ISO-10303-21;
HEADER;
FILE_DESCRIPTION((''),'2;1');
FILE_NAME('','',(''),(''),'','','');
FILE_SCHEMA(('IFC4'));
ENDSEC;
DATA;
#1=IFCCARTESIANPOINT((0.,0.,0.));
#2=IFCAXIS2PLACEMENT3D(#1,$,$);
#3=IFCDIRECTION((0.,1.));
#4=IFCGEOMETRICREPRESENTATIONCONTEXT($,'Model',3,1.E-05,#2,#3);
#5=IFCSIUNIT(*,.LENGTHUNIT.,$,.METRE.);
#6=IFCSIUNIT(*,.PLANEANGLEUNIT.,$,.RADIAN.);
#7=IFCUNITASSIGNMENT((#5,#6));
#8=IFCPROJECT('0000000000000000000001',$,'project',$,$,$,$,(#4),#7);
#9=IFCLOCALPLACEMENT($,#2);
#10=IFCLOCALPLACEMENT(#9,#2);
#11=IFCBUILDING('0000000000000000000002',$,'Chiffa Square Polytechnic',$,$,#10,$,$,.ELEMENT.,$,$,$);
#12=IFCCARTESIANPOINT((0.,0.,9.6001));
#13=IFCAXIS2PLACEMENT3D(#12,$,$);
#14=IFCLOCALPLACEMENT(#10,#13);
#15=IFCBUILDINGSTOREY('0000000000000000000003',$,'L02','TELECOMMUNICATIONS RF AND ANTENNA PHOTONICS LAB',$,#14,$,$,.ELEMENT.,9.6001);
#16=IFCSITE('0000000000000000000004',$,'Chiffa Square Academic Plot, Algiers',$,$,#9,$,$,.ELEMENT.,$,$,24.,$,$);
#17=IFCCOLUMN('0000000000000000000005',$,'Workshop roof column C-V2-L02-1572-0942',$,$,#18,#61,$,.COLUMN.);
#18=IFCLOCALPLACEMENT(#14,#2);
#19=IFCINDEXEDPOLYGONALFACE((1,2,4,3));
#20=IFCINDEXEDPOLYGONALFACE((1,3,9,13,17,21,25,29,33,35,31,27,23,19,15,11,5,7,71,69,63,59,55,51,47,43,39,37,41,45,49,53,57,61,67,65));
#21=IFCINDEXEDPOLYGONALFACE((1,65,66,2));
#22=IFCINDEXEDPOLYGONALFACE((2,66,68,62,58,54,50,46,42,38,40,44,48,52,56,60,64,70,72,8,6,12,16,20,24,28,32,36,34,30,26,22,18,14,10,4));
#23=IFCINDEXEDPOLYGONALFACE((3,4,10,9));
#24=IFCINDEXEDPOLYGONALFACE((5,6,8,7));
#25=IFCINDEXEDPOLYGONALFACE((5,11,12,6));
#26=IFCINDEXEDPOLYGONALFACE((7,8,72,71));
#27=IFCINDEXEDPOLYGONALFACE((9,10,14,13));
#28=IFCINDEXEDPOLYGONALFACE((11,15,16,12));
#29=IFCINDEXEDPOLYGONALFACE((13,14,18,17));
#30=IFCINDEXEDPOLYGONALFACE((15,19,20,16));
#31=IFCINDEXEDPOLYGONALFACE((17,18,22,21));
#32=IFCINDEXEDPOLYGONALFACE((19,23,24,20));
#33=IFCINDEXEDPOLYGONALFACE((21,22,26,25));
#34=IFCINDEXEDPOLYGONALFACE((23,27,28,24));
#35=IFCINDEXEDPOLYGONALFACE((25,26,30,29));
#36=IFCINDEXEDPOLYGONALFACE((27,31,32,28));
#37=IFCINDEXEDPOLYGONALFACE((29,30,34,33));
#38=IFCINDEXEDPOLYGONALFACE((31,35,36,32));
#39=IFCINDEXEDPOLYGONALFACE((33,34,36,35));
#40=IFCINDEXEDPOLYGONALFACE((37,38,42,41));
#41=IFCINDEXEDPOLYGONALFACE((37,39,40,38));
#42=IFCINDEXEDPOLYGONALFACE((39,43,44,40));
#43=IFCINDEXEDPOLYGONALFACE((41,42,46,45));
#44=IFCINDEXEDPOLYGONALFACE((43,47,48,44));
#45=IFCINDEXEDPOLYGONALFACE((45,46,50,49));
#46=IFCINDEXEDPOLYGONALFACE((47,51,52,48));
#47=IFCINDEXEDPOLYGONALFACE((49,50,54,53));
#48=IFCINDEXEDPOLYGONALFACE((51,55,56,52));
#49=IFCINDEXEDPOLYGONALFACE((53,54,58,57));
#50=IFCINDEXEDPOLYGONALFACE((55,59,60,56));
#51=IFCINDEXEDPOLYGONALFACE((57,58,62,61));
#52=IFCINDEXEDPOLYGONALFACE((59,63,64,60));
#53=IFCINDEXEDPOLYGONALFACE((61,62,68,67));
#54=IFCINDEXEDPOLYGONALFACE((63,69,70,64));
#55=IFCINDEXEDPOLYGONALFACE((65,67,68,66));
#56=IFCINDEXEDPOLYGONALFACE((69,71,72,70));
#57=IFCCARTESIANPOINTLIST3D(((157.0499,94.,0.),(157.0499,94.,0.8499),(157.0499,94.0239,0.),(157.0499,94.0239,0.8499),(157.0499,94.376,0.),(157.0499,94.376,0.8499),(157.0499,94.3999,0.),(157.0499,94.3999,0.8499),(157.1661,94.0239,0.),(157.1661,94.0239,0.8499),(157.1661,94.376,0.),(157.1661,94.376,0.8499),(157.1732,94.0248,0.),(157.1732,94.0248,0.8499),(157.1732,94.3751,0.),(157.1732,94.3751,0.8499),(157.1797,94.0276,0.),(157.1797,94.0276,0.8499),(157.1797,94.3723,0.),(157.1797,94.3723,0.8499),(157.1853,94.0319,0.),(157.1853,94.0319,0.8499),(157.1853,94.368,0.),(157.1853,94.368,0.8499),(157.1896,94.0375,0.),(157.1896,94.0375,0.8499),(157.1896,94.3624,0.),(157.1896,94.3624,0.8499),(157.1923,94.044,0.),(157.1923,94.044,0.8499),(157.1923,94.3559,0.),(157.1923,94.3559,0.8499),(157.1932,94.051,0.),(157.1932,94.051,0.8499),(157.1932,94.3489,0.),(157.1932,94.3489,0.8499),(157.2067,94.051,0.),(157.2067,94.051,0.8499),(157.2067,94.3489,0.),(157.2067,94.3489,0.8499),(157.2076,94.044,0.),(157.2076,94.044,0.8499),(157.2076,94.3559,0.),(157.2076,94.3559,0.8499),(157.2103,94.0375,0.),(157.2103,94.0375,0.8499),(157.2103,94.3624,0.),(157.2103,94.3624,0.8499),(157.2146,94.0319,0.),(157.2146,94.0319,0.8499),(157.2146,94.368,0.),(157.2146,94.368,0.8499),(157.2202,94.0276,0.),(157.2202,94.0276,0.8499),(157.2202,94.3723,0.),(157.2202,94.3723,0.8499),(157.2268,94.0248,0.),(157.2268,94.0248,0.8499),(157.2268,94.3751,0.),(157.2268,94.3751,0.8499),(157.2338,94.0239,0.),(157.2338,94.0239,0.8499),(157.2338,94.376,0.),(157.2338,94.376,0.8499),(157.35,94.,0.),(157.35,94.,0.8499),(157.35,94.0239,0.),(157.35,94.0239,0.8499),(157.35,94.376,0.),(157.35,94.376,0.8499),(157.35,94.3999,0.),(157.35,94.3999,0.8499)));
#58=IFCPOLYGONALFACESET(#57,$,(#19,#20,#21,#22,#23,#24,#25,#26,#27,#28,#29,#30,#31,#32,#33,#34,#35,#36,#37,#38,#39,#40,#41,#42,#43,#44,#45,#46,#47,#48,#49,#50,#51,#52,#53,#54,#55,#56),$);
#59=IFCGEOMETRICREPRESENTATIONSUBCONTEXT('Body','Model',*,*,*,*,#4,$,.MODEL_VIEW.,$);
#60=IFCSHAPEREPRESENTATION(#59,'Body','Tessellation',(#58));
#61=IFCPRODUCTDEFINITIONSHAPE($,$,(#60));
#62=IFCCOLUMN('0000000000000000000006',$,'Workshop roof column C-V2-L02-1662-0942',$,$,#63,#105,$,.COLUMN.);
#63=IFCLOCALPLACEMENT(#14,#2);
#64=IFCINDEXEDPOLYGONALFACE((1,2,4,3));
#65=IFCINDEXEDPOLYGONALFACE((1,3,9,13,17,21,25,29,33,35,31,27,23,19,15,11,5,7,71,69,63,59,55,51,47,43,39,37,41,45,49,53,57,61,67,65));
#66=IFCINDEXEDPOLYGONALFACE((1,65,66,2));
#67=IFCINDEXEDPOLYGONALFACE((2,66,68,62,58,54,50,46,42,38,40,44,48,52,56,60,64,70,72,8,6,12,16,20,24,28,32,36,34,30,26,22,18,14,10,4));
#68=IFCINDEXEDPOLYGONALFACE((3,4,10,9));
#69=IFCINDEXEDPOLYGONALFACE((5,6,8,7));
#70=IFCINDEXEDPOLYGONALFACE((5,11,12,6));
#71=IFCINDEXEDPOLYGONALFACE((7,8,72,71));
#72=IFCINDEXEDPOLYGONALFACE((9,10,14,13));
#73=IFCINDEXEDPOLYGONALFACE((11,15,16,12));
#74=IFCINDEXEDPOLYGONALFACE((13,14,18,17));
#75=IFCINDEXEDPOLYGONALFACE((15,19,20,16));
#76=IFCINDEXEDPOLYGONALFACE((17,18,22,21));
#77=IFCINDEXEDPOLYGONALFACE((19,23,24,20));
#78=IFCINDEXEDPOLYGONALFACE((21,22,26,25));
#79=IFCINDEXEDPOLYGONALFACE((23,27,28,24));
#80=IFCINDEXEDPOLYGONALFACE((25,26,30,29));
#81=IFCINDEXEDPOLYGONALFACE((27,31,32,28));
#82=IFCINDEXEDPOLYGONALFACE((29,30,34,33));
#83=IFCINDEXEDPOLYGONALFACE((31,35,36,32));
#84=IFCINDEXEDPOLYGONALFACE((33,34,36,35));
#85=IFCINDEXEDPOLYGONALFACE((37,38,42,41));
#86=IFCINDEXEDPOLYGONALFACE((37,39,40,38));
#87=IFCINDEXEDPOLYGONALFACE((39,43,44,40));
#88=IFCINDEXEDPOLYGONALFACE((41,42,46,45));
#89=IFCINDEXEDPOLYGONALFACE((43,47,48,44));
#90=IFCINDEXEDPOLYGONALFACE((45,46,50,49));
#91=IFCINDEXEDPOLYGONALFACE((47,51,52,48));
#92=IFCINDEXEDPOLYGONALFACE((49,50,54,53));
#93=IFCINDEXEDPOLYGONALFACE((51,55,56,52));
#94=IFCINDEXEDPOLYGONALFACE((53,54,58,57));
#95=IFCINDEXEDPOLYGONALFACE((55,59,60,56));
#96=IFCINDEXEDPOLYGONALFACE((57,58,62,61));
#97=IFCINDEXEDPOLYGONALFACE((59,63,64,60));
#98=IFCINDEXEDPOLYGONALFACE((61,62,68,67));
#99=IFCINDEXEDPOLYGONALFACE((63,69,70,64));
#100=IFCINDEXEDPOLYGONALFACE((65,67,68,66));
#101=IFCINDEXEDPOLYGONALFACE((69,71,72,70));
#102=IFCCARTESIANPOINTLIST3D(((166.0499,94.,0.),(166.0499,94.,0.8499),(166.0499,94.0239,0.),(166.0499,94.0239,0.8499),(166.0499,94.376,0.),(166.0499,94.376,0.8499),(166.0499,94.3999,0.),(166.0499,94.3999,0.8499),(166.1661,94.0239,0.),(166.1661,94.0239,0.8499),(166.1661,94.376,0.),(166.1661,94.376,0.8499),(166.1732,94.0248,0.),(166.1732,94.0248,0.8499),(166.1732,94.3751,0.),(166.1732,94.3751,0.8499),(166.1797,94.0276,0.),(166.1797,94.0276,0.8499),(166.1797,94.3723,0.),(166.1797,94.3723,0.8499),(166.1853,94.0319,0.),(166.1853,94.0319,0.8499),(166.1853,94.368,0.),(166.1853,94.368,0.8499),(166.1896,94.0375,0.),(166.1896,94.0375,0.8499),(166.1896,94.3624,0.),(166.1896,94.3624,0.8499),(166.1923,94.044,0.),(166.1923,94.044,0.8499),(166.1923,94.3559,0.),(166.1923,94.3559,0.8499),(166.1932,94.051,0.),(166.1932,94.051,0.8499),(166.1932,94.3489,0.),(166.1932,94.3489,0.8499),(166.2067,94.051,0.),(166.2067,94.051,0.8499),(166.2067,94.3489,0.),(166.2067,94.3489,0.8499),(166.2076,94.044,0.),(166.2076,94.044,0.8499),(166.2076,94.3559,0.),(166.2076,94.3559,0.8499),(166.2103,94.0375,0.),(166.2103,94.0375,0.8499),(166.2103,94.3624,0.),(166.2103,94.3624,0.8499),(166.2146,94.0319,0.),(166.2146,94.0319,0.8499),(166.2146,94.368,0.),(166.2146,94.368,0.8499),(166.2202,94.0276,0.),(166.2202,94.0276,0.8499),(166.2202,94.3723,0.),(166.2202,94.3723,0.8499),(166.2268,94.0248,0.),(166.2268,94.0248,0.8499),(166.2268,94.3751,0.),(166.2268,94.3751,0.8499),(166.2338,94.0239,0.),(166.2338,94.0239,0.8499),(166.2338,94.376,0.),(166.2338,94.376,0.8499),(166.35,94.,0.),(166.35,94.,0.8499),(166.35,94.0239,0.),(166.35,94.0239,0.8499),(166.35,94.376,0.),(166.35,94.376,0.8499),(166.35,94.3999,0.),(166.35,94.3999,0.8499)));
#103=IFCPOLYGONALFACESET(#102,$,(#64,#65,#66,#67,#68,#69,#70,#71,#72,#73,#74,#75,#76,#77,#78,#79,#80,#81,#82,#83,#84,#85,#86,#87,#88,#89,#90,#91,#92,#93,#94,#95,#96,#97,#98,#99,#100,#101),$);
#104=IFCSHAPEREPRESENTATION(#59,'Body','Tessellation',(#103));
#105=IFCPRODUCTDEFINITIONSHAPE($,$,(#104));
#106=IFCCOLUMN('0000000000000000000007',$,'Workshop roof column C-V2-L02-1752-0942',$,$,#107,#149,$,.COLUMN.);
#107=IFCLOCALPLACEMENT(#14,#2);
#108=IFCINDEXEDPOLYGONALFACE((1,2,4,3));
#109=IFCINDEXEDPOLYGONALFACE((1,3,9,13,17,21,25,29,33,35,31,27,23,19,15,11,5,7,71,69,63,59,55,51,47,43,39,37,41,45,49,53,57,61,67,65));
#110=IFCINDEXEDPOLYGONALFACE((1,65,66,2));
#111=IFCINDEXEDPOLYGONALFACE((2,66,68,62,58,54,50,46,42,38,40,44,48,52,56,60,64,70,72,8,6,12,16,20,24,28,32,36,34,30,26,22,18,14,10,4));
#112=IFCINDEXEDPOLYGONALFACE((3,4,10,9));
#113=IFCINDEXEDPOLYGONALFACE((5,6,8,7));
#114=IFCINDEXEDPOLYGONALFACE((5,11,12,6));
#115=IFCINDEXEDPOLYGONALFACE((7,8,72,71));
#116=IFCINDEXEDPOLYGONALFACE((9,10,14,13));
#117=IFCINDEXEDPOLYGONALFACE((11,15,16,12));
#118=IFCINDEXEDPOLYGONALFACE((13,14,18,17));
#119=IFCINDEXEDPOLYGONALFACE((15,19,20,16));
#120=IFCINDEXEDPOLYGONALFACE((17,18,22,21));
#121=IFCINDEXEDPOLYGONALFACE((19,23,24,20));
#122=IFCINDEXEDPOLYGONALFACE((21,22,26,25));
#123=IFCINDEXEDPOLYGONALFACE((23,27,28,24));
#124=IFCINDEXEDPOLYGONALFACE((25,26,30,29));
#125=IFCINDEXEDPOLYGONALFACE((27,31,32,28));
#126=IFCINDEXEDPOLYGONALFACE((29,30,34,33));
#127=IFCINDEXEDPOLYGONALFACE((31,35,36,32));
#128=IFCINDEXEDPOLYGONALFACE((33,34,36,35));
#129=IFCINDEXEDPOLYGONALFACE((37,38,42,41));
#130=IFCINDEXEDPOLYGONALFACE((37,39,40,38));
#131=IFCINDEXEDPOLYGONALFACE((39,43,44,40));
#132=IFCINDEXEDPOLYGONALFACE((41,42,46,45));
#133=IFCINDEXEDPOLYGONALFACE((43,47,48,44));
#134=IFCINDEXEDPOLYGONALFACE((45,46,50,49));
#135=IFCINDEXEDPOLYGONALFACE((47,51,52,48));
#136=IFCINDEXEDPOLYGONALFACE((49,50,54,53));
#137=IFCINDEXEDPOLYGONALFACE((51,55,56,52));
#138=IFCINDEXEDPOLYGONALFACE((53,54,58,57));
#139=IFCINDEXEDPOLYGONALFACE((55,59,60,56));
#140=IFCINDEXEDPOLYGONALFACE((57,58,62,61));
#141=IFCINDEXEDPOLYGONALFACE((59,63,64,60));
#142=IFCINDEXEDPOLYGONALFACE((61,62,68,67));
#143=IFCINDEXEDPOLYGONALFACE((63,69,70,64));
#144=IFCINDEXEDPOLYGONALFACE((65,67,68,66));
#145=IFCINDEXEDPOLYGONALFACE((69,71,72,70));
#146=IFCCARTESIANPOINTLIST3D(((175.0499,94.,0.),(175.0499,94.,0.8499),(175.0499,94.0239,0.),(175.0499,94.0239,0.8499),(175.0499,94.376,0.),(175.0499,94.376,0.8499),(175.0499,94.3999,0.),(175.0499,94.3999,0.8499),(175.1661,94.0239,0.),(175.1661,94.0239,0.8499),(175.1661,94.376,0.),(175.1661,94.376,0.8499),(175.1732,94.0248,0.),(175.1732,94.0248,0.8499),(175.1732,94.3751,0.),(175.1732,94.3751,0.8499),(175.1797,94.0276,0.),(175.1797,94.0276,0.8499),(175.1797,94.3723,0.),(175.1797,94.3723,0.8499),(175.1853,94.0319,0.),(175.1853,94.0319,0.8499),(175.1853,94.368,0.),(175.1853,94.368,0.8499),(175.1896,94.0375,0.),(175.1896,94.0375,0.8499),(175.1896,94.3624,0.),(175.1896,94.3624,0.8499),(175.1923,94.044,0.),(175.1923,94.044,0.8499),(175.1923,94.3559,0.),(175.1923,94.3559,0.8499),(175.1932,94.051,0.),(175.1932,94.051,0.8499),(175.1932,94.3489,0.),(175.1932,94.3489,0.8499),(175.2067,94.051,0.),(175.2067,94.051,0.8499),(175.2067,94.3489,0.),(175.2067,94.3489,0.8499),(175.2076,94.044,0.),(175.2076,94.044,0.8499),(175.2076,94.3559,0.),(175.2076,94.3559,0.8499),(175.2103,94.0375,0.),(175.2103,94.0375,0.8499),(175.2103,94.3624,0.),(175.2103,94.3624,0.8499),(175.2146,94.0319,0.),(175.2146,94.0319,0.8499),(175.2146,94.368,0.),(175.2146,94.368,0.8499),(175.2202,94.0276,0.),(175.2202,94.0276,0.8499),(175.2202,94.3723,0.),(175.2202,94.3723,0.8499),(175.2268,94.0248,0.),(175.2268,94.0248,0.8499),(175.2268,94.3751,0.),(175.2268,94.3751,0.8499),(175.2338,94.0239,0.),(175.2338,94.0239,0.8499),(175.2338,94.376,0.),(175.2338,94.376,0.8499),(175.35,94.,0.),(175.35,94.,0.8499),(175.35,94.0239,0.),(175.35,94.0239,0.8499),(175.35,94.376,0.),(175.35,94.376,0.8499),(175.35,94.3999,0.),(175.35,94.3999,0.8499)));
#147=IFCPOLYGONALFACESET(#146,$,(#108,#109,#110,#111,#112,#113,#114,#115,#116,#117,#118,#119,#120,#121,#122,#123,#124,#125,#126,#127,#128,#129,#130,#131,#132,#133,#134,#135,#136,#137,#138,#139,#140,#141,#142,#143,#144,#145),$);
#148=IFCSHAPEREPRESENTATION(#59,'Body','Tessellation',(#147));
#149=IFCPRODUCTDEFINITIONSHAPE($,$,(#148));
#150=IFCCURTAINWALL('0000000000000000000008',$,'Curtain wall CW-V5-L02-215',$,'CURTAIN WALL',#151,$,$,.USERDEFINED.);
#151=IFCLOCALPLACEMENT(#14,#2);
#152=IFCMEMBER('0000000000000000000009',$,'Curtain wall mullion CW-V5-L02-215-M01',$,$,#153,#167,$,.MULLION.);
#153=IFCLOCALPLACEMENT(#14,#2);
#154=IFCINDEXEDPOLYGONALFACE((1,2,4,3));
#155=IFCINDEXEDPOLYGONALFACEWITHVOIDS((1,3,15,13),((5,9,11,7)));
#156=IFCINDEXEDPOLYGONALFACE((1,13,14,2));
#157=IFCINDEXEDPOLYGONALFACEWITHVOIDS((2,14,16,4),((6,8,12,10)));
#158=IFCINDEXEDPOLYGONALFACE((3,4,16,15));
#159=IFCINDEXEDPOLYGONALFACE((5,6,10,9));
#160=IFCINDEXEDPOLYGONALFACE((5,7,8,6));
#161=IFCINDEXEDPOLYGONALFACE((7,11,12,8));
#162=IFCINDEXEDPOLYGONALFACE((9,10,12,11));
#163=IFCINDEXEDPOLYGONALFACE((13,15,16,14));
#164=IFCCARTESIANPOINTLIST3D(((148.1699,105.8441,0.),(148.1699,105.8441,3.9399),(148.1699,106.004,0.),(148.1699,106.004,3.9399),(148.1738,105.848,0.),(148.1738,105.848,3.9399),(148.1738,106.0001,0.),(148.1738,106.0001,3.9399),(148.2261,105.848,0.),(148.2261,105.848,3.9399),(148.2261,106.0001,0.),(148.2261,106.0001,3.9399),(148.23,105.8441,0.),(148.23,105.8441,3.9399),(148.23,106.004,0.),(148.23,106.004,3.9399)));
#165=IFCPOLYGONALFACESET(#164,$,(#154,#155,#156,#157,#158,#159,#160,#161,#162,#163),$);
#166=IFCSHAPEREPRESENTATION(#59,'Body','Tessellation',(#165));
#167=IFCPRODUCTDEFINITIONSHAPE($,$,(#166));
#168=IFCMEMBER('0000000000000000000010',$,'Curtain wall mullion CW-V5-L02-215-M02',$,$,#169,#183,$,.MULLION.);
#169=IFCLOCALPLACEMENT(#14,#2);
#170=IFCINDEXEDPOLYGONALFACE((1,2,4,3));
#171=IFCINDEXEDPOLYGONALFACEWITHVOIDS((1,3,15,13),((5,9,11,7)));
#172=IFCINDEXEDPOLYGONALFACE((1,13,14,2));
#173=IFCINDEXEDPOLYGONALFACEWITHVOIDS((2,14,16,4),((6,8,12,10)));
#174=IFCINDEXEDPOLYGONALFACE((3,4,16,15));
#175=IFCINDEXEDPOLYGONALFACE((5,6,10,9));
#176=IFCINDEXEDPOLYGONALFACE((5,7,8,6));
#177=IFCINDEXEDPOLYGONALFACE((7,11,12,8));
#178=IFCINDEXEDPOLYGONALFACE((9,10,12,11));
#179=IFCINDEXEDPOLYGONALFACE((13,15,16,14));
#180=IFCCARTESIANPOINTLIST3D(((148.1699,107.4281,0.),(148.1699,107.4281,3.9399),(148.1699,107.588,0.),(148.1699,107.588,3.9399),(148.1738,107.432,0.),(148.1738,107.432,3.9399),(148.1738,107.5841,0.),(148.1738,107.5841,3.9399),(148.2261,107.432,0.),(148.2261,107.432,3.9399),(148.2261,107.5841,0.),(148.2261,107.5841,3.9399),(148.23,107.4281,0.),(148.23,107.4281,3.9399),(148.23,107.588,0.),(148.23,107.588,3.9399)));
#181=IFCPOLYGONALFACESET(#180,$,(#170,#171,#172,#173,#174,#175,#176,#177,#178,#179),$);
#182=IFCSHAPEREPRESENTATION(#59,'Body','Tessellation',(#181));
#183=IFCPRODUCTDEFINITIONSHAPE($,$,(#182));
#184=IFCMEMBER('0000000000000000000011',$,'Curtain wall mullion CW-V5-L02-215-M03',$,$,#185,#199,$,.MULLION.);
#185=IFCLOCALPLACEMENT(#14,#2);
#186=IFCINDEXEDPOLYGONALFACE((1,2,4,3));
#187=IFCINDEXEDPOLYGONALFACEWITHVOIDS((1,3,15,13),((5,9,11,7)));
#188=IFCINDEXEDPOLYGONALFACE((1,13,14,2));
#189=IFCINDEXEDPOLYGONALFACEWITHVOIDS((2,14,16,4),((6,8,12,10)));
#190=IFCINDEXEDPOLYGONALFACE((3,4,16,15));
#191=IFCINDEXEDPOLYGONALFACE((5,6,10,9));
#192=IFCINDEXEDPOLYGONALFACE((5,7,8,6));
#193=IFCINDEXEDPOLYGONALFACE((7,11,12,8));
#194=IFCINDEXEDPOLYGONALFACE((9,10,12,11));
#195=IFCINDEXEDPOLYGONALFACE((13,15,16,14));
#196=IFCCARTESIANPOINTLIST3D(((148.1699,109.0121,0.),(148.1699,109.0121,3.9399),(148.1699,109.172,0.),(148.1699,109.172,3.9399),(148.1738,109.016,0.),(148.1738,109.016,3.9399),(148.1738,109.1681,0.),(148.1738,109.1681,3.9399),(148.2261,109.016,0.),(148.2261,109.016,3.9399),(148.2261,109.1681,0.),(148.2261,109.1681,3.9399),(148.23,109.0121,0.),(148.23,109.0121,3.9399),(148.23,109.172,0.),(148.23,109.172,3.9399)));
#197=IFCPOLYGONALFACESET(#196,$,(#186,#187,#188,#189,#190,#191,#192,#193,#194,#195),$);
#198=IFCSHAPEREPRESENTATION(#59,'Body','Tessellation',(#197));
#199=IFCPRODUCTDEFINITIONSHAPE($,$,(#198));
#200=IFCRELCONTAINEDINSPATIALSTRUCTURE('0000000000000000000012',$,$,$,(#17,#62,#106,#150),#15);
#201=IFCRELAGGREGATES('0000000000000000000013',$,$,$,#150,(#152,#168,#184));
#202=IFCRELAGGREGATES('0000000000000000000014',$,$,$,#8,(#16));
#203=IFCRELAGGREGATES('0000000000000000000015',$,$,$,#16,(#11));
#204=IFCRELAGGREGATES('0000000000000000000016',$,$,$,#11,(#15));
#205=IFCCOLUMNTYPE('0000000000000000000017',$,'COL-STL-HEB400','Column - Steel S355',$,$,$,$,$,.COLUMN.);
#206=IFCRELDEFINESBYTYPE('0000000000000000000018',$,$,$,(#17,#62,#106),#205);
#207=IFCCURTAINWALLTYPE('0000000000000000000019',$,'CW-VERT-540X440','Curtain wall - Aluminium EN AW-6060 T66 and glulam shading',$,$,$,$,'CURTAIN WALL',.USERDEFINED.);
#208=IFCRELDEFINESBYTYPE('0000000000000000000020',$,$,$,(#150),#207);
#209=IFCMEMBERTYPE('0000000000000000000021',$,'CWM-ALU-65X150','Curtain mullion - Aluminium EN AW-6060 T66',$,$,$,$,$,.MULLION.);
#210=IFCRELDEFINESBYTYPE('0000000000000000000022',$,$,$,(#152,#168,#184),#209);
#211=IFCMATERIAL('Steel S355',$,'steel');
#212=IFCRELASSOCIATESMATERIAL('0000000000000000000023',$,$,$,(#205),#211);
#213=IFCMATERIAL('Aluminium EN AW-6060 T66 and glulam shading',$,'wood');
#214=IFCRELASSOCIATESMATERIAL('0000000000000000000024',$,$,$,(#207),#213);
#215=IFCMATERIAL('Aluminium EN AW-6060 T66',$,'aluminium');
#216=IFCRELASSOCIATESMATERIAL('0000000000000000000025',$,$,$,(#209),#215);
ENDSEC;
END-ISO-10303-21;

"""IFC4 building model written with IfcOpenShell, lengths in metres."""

from ifc_helpers import new_model, si_unit, direction, frame, origin, origin_2d, place, context, subcontext, project, spatial, hollow_rectangle, i_section, extrude, material, material_profile, profile_set, type_object, element, aggregate, save


model = new_model("IFC4")

# Units and contexts
model_context = context("Model", 3, precision=1e-05, world=origin(), true_north=direction((0.0, 1.0)))
body_context = subcontext(model_context, "Body", "Model", "MODEL_VIEW")
ifc_project = project(units=[si_unit("LENGTHUNIT", "METRE"), si_unit("PLANEANGLEUNIT", "RADIAN")], contexts=[model_context])

# Site, building, storey
site_placement = place(None, origin())
site = spatial("IfcSite", under=ifc_project, at=site_placement, Name="Chiffa Square Academic Plot, Algiers", CompositionType="ELEMENT", RefElevation=24.0)
building_placement = place(site_placement, origin())
building = spatial("IfcBuilding", under=site, at=building_placement, Name="Chiffa Square Polytechnic", CompositionType="ELEMENT")
storey_placement = place(building_placement, frame((0.0, 0.0, 9.6001)))
storey = spatial("IfcBuildingStorey", under=building, at=storey_placement, Name="L02", Description="TELECOMMUNICATIONS RF AND ANTENNA PHOTONICS LAB", CompositionType="ELEMENT", Elevation=9.6001)

# Columns
ifc_material_1 = material(Name="Steel S355", Category="steel")
ifc_material_profile_1 = material_profile(ifc_material_1, i_section(OverallWidth=0.3, OverallDepth=0.3999, WebThickness=0.0134, FlangeThickness=0.0239, FilletRadius=0.0271, at=origin_2d()), Name="HEB 400")
ifc_profile_set_1 = profile_set([ifc_material_profile_1], Name="Steel S355")
column_type = type_object("IfcColumnType", Name="COL-STL-HEB400", Description="Column - Steel S355", PredefinedType="COLUMN", material=ifc_profile_set_1)
for number, where, z_axis, x_axis, name in (
    (1, (157.2, 94.2, 0.0), (0.0, 0.0, 1.0), (1.0, 0.0, 0.0), "Workshop roof column C-V2-L02-1572-0942"),
    (2, (166.2, 94.2, 0.0), (0.0, 0.0, 1.0), (1.0, 0.0, 0.0), "Workshop roof column C-V2-L02-1662-0942"),
    (3, (175.2, 94.2, 0.0), (0.0, 0.0, 1.0), (1.0, 0.0, 0.0), "Workshop roof column C-V2-L02-1752-0942"),
):
    element("IfcColumn", number, at=place(storey_placement, frame(where, z_axis=z_axis, x_axis=x_axis)), inside=storey, type_object=column_type, Name=name, PredefinedType="COLUMN", context=body_context, shape_type="SweptSolid", body=[
        extrude(i_section(OverallWidth=0.3, OverallDepth=0.3999, WebThickness=0.0134, FlangeThickness=0.0239, FilletRadius=0.0271, at=origin_2d()), origin(), (0.0, 0.0, 1.0), 0.8499),
    ])

# Curtain wall, members
ifc_material_2 = material(Name="Aluminium EN AW-6060 T66 and glulam shading", Category="wood")
curtain_wall_type = type_object("IfcCurtainWallType", Name="CW-VERT-540X440", Description="Curtain wall - Aluminium EN AW-6060 T66 and glulam shading", ElementType="CURTAIN WALL", PredefinedType="USERDEFINED", material=ifc_material_2)
curtain_wall_placement = place(storey_placement, origin())
curtain_wall = element("IfcCurtainWall", 4, at=curtain_wall_placement, inside=storey, type_object=curtain_wall_type, Name="Curtain wall CW-V5-L02-215", ObjectType="CURTAIN WALL", PredefinedType="USERDEFINED")
ifc_material_3 = material(Name="Aluminium EN AW-6060 T66", Category="aluminium")
ifc_material_profile_2 = material_profile(ifc_material_3, hollow_rectangle(XDim=0.0601, YDim=0.1599, WallThickness=0.0039, at=origin_2d()), Name="ALU 60x160x4")
ifc_profile_set_2 = profile_set([ifc_material_profile_2], Name="Aluminium EN AW-6060 T66")
member_type_1 = type_object("IfcMemberType", Name="CWM-ALU-65X150", Description="Curtain mullion - Aluminium EN AW-6060 T66", PredefinedType="MULLION", material=ifc_profile_set_2)
member_1_placement = place(storey_placement, frame((148.2, 105.9241, 0.0), z_axis=(0.0, 0.0, 1.0), x_axis=(1.0, 0.0, 0.0)))
member_1 = element("IfcMember", 5, at=member_1_placement, type_object=member_type_1, Name="Curtain wall mullion CW-V5-L02-215-M01", PredefinedType="MULLION", context=body_context, shape_type="SweptSolid", body=[
    extrude(hollow_rectangle(XDim=0.0601, YDim=0.1599, WallThickness=0.0039, at=origin_2d()), origin(), (0.0, 0.0, 1.0), 3.9399),
])
member_2_placement = place(storey_placement, frame((148.2, 107.5081, 0.0), z_axis=(0.0, 0.0, 1.0), x_axis=(1.0, 0.0, 0.0)))
member_2 = element("IfcMember", 6, at=member_2_placement, type_object=member_type_1, Name="Curtain wall mullion CW-V5-L02-215-M02", PredefinedType="MULLION", context=body_context, shape_type="SweptSolid", body=[
    extrude(hollow_rectangle(XDim=0.0601, YDim=0.1599, WallThickness=0.0039, at=origin_2d()), origin(), (0.0, 0.0, 1.0), 3.9399),
])
member_3_placement = place(storey_placement, frame((148.2, 109.092, 0.0), z_axis=(0.0, 0.0, 1.0), x_axis=(1.0, 0.0, 0.0)))
member_3 = element("IfcMember", 7, at=member_3_placement, type_object=member_type_1, Name="Curtain wall mullion CW-V5-L02-215-M03", PredefinedType="MULLION", context=body_context, shape_type="SweptSolid", body=[
    extrude(hollow_rectangle(XDim=0.0601, YDim=0.1599, WallThickness=0.0039, at=origin_2d()), origin(), (0.0, 0.0, 1.0), 3.9399),
])

aggregate(curtain_wall, [member_1, member_2, member_3])

save(model, "model.ifc")
